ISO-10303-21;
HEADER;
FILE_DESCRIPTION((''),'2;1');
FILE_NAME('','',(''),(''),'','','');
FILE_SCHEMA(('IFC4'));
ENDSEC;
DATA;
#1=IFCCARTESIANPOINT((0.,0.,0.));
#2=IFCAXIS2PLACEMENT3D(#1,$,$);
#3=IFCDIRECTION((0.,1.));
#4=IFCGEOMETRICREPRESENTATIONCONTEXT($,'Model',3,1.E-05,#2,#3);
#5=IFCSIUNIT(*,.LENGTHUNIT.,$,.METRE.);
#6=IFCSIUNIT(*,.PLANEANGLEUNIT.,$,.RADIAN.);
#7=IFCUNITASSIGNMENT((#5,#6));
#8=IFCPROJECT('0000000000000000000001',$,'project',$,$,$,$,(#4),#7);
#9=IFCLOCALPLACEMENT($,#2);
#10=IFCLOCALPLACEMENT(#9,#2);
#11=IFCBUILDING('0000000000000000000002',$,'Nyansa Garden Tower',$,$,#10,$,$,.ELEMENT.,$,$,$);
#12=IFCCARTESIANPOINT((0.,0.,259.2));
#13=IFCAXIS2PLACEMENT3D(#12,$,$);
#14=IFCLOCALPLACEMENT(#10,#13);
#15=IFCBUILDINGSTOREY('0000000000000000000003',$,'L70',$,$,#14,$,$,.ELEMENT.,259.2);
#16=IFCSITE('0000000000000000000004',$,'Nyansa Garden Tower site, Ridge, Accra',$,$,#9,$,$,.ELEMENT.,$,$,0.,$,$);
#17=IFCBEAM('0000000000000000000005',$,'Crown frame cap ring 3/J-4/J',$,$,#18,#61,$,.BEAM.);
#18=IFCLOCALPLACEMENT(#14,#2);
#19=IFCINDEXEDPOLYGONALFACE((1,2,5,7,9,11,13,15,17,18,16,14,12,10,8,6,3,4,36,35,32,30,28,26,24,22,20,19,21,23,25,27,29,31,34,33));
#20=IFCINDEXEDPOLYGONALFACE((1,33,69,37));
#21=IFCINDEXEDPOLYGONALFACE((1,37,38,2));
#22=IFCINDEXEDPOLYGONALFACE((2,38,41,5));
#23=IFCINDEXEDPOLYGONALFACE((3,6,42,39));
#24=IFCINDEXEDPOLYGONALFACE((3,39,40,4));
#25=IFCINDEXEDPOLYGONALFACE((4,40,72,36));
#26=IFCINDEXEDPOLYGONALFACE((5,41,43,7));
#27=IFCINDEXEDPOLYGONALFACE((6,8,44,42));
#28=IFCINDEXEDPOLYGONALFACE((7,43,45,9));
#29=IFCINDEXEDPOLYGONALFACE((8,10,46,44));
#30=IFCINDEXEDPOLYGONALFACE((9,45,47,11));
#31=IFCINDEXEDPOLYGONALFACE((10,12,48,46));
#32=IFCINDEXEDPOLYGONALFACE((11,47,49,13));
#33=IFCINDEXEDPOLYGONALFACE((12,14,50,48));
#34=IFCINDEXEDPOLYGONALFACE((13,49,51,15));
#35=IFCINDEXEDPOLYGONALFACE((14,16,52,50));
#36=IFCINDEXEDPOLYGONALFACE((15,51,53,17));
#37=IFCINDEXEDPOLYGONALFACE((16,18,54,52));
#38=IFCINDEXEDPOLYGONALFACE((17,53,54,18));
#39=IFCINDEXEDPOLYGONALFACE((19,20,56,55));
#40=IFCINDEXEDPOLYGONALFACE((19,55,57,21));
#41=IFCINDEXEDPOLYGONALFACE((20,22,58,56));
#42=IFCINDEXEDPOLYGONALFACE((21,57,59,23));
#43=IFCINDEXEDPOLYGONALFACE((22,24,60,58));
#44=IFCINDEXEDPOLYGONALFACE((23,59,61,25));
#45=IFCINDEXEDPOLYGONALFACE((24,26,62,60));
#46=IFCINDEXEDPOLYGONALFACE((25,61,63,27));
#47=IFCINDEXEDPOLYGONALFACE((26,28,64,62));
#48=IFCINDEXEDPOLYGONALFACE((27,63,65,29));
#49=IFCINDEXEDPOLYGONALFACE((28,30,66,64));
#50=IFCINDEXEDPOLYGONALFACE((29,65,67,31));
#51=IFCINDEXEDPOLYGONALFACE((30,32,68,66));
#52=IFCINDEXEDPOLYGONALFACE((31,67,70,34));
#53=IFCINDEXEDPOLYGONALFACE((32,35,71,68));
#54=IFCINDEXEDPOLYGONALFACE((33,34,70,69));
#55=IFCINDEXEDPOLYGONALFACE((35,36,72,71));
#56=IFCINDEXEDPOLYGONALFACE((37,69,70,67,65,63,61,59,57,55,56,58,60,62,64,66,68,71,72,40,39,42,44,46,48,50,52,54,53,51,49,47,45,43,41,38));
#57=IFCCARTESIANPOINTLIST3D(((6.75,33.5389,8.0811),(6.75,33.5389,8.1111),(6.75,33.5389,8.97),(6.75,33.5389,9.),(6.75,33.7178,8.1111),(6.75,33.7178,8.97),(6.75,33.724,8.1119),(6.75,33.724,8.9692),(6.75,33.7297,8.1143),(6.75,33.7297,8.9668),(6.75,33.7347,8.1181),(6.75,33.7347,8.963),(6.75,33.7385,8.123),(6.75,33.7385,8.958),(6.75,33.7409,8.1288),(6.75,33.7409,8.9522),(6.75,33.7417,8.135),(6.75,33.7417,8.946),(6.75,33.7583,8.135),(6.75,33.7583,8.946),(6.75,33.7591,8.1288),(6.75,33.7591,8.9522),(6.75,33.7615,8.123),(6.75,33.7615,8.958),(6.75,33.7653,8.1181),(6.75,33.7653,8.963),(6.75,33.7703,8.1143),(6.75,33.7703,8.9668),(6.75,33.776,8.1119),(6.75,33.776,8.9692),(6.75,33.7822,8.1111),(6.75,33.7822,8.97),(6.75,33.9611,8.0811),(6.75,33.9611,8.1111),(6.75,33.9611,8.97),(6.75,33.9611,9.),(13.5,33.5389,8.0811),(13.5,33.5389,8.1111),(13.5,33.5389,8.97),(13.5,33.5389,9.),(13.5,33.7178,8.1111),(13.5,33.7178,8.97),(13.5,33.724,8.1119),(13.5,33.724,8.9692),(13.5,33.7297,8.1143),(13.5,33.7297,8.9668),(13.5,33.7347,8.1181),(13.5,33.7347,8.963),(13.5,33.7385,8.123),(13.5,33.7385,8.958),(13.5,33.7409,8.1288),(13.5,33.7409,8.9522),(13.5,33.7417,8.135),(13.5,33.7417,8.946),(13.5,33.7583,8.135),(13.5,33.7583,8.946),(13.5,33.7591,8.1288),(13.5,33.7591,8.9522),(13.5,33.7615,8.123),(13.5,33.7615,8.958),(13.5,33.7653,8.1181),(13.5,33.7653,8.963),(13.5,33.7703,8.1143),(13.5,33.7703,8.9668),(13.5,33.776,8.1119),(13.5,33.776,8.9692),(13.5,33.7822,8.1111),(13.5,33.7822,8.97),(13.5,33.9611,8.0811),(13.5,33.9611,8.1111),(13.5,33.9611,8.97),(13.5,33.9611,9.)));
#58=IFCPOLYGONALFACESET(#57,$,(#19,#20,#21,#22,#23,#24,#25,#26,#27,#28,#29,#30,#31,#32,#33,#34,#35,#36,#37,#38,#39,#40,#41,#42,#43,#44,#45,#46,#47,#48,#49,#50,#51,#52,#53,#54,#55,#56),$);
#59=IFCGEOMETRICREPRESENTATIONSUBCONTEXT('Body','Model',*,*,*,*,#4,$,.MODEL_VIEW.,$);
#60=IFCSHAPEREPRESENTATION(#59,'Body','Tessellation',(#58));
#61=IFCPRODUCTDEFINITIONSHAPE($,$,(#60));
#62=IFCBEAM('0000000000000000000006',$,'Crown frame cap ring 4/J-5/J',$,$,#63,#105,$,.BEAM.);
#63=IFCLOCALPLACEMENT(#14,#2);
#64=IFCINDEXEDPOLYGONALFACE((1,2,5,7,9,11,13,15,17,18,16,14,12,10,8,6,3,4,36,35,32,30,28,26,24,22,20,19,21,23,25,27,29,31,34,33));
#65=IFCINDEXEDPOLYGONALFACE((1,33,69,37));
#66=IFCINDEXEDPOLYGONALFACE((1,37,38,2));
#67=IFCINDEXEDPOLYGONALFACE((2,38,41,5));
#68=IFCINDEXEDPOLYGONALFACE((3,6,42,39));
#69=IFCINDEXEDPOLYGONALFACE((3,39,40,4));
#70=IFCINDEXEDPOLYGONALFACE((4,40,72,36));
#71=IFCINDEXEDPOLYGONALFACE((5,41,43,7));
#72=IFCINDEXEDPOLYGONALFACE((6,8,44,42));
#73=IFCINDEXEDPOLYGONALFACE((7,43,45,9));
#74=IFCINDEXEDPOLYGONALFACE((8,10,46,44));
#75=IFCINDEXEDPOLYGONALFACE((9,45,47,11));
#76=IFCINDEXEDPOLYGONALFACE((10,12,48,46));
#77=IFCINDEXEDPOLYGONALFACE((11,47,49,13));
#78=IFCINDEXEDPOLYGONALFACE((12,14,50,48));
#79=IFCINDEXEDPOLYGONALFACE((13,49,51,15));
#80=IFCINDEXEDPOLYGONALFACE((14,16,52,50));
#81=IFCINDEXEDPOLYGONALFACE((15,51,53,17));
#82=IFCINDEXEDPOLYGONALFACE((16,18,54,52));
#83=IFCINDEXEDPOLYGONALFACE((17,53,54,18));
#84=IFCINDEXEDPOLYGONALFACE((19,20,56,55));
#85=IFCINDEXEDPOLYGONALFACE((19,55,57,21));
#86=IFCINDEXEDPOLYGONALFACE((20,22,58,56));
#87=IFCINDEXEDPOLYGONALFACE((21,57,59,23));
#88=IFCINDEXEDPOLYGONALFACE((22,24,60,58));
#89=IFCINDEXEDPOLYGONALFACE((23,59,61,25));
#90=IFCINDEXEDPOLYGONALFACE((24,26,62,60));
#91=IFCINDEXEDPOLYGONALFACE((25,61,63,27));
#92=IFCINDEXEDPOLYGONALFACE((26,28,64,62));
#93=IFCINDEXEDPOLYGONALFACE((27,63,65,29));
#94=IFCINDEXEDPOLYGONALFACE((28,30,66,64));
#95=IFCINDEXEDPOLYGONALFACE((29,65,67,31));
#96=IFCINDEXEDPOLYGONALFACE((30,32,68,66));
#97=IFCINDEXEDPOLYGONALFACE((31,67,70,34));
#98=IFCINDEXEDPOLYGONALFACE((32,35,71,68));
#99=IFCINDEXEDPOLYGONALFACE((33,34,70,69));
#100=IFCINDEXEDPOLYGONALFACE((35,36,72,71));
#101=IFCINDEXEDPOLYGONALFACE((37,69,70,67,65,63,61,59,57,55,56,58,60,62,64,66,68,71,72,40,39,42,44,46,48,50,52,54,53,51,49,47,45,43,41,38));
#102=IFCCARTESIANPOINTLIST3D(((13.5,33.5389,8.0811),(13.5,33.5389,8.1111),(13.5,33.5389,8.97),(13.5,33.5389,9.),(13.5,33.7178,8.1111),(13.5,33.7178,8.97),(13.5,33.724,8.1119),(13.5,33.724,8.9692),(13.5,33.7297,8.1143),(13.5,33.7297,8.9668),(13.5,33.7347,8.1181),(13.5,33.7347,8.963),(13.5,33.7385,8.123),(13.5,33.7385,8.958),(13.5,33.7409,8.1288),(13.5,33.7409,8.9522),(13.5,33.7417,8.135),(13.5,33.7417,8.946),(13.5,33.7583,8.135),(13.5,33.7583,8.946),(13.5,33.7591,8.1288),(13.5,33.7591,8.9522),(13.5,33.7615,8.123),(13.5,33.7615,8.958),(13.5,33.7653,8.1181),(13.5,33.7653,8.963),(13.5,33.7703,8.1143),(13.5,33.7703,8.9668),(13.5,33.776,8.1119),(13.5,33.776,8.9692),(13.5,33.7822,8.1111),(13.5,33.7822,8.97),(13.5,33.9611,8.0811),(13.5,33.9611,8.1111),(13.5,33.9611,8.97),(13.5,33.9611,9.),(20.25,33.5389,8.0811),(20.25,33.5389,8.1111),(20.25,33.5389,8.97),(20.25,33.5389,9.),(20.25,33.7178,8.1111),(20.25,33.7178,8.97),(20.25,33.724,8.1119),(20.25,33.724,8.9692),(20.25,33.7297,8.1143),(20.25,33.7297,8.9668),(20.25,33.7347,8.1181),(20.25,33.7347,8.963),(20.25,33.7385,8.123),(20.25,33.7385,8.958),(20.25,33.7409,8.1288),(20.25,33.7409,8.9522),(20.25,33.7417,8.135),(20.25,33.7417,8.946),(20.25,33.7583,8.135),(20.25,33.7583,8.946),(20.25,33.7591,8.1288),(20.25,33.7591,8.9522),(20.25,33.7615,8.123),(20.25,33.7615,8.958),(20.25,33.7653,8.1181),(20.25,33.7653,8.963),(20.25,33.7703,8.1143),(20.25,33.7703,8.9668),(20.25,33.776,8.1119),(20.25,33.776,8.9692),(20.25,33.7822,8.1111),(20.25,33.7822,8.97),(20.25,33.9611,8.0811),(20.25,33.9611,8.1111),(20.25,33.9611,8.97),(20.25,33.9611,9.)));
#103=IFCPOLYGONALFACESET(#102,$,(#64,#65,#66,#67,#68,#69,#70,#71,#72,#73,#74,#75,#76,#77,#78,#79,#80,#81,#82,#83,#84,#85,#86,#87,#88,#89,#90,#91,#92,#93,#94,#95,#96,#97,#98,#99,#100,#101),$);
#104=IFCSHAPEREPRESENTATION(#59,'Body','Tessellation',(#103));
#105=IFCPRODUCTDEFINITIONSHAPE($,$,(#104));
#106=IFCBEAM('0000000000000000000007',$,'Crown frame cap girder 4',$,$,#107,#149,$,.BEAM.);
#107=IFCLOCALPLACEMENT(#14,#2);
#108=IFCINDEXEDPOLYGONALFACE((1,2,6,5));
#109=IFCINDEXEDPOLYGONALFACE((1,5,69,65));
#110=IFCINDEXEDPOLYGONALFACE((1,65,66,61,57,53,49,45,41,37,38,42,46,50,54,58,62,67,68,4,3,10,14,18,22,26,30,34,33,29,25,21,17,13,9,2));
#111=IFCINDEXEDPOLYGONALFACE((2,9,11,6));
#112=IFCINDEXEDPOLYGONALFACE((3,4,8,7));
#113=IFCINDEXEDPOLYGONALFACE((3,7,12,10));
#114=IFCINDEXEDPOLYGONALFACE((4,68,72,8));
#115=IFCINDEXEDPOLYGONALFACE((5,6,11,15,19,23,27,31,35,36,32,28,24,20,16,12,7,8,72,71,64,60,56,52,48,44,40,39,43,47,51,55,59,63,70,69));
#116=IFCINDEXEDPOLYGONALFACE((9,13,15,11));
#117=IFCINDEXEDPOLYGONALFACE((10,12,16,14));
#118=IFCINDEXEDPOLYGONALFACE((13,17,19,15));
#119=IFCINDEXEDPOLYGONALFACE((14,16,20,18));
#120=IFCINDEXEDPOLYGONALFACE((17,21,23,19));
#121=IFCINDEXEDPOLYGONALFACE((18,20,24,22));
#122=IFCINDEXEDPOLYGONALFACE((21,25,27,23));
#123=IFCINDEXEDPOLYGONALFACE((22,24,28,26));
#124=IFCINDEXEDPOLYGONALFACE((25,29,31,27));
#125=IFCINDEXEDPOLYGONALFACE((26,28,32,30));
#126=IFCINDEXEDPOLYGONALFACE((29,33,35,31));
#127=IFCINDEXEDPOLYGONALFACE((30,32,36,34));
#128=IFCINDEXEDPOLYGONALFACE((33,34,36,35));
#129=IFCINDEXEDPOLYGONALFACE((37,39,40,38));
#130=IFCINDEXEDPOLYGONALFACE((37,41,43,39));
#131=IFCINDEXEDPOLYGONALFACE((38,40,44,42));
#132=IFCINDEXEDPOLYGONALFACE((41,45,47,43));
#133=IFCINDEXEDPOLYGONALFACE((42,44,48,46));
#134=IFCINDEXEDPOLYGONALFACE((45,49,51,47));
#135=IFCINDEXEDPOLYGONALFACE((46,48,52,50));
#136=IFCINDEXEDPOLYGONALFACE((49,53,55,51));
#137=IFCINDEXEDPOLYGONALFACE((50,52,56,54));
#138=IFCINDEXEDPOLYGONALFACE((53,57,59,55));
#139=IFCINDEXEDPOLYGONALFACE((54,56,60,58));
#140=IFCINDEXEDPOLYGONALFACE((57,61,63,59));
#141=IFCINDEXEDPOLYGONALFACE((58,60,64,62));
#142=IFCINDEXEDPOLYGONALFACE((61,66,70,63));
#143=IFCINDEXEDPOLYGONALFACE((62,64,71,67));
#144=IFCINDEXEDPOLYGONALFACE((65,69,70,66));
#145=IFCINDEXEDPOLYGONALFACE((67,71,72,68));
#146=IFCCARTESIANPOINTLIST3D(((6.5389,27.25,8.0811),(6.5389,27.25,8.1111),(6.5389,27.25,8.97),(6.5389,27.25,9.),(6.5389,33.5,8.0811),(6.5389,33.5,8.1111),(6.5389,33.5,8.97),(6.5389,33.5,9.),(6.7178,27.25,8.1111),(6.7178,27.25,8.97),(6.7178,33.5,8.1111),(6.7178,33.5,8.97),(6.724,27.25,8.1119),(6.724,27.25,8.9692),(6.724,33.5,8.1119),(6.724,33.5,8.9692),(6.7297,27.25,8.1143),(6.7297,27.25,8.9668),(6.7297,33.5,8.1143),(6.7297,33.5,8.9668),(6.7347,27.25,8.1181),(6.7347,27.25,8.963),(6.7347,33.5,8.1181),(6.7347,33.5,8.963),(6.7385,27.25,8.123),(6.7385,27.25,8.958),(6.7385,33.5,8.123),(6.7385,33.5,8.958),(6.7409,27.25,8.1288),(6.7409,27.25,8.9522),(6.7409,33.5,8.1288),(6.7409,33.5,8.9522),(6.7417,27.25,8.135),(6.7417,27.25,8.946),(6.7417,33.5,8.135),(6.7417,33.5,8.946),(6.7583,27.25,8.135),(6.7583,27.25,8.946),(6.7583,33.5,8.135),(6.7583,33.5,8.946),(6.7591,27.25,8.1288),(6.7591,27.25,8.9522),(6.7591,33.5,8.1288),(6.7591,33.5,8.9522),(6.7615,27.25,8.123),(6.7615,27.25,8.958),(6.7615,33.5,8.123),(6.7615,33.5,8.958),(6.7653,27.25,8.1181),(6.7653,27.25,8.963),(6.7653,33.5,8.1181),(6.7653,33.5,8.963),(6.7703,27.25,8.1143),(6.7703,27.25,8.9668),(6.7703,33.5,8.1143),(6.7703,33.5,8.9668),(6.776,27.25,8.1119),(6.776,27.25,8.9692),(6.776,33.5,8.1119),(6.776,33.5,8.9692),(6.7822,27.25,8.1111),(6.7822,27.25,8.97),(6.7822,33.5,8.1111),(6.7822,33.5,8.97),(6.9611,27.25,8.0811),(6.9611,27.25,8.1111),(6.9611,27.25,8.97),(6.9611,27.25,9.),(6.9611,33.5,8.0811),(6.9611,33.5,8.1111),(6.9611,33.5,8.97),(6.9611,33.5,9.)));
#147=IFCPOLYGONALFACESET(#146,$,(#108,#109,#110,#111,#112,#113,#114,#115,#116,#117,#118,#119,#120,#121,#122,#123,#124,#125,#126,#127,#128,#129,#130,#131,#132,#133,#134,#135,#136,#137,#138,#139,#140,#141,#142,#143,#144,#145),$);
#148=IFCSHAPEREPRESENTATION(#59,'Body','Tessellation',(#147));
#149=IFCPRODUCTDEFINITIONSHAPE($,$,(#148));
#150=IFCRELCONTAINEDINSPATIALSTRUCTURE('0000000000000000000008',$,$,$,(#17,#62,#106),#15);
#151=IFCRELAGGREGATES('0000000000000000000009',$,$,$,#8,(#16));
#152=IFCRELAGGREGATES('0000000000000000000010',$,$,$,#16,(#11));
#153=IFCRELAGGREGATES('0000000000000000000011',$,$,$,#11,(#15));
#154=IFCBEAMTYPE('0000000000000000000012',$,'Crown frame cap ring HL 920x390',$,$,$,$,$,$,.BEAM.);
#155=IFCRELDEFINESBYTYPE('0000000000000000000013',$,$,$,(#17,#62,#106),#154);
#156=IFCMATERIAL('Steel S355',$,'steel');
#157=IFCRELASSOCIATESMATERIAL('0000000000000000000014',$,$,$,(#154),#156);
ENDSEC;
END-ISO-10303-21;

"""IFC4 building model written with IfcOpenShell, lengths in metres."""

from ifc_helpers import new_model, si_unit, direction, frame, origin, origin_2d, place, context, subcontext, project, spatial, i_section, extrude, material, material_profile, profile_set, type_object, element, save


model = new_model("IFC4")

# Units and contexts
model_context = context("Model", 3, precision=1e-05, world=origin(), true_north=direction((0.0, 1.0)))
body_context = subcontext(model_context, "Body", "Model", "MODEL_VIEW")
ifc_project = project(units=[si_unit("LENGTHUNIT", "METRE"), si_unit("PLANEANGLEUNIT", "RADIAN")], contexts=[model_context])

# Site, building, storey
site_placement = place(None, origin())
site = spatial("IfcSite", under=ifc_project, at=site_placement, Name="Nyansa Garden Tower site, Ridge, Accra", CompositionType="ELEMENT", RefElevation=0.0)
building_placement = place(site_placement, origin())
building = spatial("IfcBuilding", under=site, at=building_placement, Name="Nyansa Garden Tower", CompositionType="ELEMENT")
storey_placement = place(building_placement, frame((0.0, 0.0, 259.2)))
storey = spatial("IfcBuildingStorey", under=building, at=storey_placement, Name="L70", CompositionType="ELEMENT", Elevation=259.2)

# Beams
ifc_material_1 = material(Name="Steel S355", Category="steel")
ifc_material_profile_1 = material_profile(ifc_material_1, i_section(OverallWidth=0.4221, OverallDepth=0.9189, WebThickness=0.0166, FlangeThickness=0.03, FilletRadius=0.0239, at=origin_2d()), Name="HL 920x390")
ifc_profile_set_1 = profile_set([ifc_material_profile_1], Name="Steel S355")
beam_type_1 = type_object("IfcBeamType", Name="Crown frame cap ring HL 920x390", PredefinedType="BEAM", material=ifc_profile_set_1)
for number, where, z_axis, x_axis, name in (
    (1, (6.75, 33.75, 8.5405), (1.0, 0.0, 0.0), (0.0, 1.0, 0.0), "Crown frame cap ring 3/J-4/J"),
    (2, (13.5, 33.75, 8.5405), (1.0, 0.0, 0.0), (0.0, 1.0, 0.0), "Crown frame cap ring 4/J-5/J"),
):
    element("IfcBeam", number, at=place(storey_placement, frame(where, z_axis=z_axis, x_axis=x_axis)), inside=storey, type_object=beam_type_1, Name=name, PredefinedType="BEAM", context=body_context, shape_type="SweptSolid", body=[
        extrude(i_section(OverallWidth=0.4221, OverallDepth=0.9189, WebThickness=0.0166, FlangeThickness=0.03, FilletRadius=0.0239, at=origin_2d()), origin(), (0.0, 0.0, 1.0), 6.75),
    ])
beam_1_placement = place(storey_placement, frame((6.75, 27.25, 8.5405), z_axis=(0.0, 1.0, 0.0), x_axis=(-1.0, 0.0, 0.0)))
element("IfcBeam", 3, at=beam_1_placement, inside=storey, type_object=beam_type_1, Name="Crown frame cap girder 4", PredefinedType="BEAM", context=body_context, shape_type="SweptSolid", body=[
    extrude(i_section(OverallWidth=0.4221, OverallDepth=0.9189, WebThickness=0.0166, FlangeThickness=0.03, FilletRadius=0.0239, at=origin_2d()), origin(), (0.0, 0.0, 1.0), 6.25),
])

save(model, "model.ifc")
